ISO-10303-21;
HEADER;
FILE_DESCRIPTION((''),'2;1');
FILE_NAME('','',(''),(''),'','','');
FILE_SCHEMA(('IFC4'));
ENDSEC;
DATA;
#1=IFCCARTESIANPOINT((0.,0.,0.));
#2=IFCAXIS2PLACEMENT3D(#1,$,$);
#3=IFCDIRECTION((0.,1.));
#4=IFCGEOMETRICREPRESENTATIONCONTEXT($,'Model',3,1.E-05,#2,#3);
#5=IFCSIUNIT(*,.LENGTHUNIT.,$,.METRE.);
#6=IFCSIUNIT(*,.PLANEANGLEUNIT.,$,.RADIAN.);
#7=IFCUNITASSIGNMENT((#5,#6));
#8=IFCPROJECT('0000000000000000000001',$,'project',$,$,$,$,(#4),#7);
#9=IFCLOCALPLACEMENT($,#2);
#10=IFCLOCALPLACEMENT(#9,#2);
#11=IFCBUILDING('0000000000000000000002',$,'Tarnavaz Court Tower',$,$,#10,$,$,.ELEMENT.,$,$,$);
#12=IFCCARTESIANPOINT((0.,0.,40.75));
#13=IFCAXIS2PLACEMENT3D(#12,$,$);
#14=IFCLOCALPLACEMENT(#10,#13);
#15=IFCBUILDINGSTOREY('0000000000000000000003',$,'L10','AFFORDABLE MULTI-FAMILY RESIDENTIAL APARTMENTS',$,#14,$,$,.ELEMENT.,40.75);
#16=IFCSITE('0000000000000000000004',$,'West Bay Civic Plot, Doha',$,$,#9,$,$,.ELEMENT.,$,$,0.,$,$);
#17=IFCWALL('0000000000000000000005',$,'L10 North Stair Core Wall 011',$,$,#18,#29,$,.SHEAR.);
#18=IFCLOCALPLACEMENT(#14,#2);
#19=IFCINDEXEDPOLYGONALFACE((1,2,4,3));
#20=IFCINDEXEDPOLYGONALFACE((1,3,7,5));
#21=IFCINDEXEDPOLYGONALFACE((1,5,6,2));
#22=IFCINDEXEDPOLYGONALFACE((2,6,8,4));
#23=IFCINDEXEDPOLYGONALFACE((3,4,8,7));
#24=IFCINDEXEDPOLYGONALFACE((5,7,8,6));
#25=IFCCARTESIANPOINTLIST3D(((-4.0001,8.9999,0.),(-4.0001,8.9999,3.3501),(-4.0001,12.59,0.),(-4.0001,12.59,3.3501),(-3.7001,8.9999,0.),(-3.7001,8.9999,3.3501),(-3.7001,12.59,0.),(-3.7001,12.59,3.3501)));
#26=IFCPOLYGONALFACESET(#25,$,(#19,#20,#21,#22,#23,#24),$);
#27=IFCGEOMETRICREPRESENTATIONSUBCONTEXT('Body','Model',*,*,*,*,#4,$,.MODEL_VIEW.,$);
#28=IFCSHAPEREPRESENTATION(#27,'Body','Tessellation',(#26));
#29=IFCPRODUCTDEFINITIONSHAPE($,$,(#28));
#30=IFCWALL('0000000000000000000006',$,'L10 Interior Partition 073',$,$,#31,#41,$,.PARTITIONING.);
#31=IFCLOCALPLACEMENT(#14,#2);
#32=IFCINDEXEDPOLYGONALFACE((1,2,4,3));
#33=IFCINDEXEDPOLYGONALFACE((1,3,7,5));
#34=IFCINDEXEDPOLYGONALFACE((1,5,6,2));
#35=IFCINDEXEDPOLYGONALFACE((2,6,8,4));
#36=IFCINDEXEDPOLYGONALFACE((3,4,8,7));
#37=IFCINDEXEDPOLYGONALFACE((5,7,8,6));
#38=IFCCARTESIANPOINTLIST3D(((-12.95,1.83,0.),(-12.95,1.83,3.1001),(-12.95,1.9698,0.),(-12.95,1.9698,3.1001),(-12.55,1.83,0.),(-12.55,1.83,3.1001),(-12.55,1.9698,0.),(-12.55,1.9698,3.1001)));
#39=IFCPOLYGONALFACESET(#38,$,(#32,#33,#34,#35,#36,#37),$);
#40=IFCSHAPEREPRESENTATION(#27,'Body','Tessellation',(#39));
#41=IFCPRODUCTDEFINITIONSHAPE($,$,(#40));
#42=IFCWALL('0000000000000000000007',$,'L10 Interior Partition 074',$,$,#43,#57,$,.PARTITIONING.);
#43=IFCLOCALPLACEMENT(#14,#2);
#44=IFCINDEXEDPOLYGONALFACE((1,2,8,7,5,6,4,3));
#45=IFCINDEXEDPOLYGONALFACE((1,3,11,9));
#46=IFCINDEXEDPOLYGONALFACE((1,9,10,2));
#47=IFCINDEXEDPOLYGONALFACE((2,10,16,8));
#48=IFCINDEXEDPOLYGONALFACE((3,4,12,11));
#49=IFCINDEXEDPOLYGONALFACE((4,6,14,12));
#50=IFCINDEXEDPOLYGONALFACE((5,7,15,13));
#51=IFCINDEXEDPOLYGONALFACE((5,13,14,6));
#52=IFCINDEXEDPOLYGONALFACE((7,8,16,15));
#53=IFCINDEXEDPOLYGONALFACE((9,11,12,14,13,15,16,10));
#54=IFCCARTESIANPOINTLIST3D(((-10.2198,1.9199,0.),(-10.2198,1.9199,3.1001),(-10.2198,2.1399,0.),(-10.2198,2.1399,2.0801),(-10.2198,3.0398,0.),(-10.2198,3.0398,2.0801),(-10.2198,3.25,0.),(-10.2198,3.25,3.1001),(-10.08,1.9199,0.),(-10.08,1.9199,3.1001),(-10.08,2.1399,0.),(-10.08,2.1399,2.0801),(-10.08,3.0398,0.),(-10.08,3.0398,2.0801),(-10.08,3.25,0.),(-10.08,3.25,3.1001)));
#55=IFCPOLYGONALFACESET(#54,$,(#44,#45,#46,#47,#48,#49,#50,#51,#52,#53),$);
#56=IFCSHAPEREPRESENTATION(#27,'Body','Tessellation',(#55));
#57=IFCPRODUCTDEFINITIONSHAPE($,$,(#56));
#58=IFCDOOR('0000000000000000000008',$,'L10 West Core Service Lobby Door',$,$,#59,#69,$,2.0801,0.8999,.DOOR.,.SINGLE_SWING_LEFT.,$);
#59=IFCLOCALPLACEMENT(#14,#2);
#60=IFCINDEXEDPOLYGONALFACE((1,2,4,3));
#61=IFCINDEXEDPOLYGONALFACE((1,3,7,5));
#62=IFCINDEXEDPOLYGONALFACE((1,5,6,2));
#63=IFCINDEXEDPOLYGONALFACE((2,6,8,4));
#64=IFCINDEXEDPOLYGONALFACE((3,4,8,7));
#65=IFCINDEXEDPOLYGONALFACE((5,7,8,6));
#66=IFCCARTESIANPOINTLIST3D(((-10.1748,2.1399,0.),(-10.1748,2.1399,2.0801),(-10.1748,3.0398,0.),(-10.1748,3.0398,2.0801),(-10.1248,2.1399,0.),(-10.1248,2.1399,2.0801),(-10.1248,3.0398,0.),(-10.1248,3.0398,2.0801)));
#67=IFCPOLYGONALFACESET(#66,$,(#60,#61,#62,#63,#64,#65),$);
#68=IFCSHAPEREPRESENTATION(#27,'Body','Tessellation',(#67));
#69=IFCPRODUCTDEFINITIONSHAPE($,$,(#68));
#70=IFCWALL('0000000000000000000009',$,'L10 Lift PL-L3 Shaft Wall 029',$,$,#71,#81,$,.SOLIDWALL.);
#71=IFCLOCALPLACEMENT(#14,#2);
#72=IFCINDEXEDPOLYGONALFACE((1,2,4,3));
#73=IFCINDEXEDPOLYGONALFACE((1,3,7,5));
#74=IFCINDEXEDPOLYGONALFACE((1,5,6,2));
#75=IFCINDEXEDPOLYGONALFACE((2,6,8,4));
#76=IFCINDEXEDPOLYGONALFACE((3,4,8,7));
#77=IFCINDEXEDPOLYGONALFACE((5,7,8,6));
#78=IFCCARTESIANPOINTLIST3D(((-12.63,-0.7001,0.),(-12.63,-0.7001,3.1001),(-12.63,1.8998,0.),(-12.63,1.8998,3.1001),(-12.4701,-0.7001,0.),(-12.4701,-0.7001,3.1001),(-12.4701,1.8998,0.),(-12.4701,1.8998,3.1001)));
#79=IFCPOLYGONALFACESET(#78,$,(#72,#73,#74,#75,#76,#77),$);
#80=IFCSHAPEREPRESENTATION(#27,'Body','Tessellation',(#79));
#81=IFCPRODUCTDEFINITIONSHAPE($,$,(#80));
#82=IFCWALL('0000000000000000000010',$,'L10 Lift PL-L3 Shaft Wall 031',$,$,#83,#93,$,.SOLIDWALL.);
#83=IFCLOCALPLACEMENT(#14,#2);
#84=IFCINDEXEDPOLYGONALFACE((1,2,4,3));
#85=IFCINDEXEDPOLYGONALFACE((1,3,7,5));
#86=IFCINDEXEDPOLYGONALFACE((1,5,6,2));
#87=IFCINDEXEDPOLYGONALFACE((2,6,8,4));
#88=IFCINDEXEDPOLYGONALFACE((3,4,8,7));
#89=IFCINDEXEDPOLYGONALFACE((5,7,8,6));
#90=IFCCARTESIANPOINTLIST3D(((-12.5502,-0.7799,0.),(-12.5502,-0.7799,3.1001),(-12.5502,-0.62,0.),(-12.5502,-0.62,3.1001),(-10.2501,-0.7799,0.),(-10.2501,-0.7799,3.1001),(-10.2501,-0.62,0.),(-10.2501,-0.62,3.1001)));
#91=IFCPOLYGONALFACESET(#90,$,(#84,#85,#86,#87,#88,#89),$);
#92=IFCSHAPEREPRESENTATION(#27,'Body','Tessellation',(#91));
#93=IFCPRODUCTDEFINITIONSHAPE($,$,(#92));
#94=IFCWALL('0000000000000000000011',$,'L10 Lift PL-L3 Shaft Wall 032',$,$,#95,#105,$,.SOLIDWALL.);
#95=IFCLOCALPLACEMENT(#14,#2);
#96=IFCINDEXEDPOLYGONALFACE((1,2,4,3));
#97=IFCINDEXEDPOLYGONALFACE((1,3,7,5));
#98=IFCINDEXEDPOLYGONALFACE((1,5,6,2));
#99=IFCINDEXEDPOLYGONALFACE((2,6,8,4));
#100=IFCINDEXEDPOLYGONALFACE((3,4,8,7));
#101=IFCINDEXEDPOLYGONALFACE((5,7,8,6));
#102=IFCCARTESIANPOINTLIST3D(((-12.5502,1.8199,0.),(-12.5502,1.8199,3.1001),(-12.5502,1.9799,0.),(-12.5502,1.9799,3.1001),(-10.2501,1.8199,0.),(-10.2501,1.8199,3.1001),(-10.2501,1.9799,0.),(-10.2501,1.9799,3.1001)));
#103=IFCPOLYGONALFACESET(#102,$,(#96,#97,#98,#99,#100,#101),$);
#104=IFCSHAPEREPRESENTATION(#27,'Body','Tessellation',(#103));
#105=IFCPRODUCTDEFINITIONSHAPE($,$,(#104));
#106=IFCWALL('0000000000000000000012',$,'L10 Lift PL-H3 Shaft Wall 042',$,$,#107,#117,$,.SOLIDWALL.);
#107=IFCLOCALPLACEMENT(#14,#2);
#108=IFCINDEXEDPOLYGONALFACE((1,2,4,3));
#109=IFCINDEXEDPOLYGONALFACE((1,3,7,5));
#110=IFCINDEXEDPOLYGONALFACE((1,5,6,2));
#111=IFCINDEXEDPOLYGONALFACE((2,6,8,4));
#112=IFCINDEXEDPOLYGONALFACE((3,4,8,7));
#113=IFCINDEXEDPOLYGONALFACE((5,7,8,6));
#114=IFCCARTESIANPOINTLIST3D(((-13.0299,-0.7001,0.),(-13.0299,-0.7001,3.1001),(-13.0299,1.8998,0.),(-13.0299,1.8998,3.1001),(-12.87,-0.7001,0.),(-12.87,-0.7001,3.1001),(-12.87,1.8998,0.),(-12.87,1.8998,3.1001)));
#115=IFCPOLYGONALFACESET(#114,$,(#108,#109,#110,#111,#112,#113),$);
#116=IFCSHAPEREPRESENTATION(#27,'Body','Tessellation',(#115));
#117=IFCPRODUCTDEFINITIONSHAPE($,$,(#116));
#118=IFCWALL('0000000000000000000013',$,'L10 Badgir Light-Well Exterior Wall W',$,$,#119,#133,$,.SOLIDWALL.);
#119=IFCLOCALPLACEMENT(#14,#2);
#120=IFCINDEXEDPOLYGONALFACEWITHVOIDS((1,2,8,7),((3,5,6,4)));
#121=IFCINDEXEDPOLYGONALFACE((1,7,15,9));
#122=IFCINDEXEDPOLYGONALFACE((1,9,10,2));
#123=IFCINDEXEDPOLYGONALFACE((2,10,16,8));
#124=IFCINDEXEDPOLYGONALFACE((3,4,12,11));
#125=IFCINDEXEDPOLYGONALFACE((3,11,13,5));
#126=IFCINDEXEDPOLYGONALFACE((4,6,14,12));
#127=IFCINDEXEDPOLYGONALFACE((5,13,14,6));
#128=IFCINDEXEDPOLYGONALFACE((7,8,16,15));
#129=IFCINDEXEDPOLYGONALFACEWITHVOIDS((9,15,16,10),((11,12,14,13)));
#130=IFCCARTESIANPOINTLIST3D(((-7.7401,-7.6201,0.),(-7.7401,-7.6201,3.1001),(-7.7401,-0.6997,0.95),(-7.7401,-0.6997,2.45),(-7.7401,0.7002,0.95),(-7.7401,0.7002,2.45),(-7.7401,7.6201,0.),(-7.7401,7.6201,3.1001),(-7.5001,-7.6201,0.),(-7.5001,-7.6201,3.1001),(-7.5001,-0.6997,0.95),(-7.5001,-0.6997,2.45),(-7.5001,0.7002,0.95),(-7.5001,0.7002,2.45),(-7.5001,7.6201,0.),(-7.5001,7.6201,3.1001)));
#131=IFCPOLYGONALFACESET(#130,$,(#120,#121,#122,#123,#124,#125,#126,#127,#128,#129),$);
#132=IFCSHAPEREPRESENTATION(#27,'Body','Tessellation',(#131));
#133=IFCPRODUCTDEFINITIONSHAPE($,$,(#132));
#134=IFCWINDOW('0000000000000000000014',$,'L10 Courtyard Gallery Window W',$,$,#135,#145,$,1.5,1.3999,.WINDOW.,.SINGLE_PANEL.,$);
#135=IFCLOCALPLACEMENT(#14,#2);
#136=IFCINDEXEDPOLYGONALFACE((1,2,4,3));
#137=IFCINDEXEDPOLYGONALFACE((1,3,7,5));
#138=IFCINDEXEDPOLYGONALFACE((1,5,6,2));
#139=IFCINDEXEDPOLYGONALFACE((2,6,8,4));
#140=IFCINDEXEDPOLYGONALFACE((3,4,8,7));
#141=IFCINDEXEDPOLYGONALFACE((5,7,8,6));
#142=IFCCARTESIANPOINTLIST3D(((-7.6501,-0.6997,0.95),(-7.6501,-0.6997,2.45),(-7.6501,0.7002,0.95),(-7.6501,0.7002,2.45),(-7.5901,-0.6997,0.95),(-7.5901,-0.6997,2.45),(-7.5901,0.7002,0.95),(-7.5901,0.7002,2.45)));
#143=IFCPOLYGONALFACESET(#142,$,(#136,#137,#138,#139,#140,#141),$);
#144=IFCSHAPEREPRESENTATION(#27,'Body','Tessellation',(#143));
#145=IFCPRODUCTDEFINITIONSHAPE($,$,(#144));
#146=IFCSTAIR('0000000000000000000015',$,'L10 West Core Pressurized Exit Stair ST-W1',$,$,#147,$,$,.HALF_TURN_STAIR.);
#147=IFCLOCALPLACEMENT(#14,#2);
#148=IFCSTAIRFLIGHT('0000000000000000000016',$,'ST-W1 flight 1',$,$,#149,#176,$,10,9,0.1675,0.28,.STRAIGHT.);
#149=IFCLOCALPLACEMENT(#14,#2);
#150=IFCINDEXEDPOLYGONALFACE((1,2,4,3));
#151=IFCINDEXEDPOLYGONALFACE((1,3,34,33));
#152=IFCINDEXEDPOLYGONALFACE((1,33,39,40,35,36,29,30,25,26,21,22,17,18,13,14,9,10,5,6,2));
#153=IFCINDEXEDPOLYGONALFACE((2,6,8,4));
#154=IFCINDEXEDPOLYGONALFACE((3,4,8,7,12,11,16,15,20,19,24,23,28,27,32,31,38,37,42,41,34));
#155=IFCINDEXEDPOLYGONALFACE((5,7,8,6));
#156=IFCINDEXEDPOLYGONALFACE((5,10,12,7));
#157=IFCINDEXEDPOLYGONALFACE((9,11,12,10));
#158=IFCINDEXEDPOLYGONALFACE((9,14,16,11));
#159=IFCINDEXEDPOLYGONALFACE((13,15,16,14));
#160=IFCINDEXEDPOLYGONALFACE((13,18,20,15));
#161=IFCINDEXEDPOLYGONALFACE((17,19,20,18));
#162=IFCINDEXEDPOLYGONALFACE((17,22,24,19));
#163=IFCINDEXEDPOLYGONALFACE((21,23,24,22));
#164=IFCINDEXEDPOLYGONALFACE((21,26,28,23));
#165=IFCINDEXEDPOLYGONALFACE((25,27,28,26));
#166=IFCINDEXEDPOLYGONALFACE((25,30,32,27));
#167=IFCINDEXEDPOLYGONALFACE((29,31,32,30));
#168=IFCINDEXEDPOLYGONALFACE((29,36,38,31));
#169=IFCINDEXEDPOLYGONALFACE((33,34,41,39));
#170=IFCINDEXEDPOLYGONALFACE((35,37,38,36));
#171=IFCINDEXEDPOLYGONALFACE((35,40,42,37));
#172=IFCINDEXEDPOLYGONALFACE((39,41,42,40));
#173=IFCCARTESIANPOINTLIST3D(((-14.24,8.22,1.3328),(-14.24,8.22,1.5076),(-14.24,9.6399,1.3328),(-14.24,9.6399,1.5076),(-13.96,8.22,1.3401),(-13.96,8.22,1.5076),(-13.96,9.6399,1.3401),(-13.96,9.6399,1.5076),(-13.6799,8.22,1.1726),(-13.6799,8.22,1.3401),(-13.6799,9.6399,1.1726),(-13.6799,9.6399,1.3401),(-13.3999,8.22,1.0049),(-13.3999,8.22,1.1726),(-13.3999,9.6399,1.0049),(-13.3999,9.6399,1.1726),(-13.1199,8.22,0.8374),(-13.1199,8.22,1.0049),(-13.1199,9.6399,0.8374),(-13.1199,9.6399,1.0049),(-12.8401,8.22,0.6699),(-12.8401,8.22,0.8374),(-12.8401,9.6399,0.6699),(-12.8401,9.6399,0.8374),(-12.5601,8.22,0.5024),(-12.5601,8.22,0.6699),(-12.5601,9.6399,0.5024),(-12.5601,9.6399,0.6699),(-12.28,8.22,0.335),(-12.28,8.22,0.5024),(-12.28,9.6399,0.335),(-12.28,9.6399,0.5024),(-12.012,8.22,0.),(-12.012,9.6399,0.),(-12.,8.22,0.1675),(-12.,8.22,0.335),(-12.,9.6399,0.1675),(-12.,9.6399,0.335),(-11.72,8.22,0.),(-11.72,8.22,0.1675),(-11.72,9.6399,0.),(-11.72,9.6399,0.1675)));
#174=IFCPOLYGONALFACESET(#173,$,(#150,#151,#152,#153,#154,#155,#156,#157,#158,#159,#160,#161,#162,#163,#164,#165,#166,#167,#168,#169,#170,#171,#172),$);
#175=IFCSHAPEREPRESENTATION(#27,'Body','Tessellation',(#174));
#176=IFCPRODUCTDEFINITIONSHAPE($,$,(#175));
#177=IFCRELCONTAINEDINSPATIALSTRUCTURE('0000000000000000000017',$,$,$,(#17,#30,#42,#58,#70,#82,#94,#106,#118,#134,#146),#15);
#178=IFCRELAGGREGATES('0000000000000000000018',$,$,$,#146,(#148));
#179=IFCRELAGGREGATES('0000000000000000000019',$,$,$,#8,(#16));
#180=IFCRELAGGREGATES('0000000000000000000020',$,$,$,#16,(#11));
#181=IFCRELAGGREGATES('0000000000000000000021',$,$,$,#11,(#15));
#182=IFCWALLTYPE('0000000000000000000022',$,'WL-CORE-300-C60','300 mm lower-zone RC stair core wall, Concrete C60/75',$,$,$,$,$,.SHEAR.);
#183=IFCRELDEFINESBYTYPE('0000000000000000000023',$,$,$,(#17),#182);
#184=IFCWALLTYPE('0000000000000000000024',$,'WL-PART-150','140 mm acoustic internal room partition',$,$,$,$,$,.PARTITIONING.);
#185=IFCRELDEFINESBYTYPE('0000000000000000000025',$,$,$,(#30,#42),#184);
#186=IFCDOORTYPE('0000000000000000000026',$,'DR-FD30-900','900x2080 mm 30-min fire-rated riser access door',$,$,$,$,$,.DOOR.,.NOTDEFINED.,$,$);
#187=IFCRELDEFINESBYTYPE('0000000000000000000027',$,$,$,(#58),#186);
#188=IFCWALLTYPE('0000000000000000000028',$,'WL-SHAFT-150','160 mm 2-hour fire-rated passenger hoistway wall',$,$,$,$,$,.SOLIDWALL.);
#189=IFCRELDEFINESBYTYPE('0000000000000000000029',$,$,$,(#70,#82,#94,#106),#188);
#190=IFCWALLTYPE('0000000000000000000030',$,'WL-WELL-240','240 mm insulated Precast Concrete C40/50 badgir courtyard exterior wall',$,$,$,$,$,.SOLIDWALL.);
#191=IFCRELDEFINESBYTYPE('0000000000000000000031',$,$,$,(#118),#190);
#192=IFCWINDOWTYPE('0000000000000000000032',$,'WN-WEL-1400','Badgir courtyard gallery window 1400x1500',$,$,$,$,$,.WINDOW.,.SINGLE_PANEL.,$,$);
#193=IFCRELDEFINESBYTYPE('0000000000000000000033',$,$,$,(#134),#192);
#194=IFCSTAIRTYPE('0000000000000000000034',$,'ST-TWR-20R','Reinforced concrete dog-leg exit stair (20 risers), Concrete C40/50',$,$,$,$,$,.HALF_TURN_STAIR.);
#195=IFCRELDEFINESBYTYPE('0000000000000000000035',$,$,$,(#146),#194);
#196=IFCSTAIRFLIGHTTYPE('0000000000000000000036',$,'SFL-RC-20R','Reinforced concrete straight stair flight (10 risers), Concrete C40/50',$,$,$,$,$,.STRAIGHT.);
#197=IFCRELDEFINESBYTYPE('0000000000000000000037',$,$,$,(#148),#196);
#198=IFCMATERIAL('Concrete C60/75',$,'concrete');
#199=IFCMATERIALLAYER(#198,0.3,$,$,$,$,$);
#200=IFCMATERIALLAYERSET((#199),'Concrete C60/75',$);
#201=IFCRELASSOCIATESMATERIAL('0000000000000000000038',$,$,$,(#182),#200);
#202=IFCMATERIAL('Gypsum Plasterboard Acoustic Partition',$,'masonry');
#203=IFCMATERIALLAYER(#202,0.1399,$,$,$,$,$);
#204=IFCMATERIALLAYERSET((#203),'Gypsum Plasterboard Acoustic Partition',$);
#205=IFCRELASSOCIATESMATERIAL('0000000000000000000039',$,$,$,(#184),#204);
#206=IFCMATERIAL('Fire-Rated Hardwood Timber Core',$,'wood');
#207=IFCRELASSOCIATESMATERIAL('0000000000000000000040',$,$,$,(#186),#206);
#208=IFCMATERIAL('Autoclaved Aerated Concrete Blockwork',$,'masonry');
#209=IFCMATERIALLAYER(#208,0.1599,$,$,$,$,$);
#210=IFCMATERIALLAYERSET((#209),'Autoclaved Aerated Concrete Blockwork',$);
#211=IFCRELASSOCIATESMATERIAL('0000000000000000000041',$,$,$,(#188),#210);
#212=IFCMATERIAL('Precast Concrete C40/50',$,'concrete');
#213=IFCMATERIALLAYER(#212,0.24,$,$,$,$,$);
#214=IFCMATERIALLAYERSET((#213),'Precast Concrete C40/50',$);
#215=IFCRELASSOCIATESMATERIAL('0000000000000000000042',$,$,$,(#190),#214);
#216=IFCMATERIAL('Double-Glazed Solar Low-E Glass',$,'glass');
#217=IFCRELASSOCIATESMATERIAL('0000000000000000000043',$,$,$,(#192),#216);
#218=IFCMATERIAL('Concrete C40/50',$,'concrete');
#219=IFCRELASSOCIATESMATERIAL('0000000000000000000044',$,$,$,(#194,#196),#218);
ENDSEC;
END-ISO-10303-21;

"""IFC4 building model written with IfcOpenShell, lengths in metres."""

from ifc_helpers import new_model, si_unit, direction, frame, frame_2d, origin, place, context, subcontext, project, spatial, polyline, rectangle, outline, extrude, material, layer, layer_set, type_object, element, fill, aggregate, save


model = new_model("IFC4")

# Units and contexts
model_context = context("Model", 3, precision=1e-05, world=origin(), true_north=direction((0.0, 1.0)))
body_context = subcontext(model_context, "Body", "Model", "MODEL_VIEW")
ifc_project = project(units=[si_unit("LENGTHUNIT", "METRE"), si_unit("PLANEANGLEUNIT", "RADIAN")], contexts=[model_context])

# Site, building, storey
site_placement = place(None, origin())
site = spatial("IfcSite", under=ifc_project, at=site_placement, Name="West Bay Civic Plot, Doha", CompositionType="ELEMENT", RefElevation=0.0)
building_placement = place(site_placement, origin())
building = spatial("IfcBuilding", under=site, at=building_placement, Name="Tarnavaz Court Tower", CompositionType="ELEMENT")
storey_placement = place(building_placement, frame((0.0, 0.0, 40.75)))
storey = spatial("IfcBuildingStorey", under=building, at=storey_placement, Name="L10", Description="AFFORDABLE MULTI-FAMILY RESIDENTIAL APARTMENTS", CompositionType="ELEMENT", Elevation=40.75)

# Shared definitions
ifc_material_1 = material(Name="Concrete C60/75", Category="concrete")

# Shared definitions
ifc_layer_1 = layer(ifc_material_1, 0.3)
ifc_layer_set_1 = layer_set([ifc_layer_1], Name="Concrete C60/75")
wall_type_1 = type_object("IfcWallType", Name="WL-CORE-300-C60", Description="300 mm lower-zone RC stair core wall, Concrete C60/75", PredefinedType="SHEAR", material=ifc_layer_set_1)

# Shared definitions
ifc_material_2 = material(Name="Fire-Rated Hardwood Timber Core", Category="wood")

# Wall
wall_1_placement = place(storey_placement, frame((-3.8501, 9.0, 0.0), z_axis=(0.0, 0.0, 1.0), x_axis=(0.0, 1.0, 0.0)))
element("IfcWall", 1, at=wall_1_placement, inside=storey, type_object=wall_type_1, Name="L10 North Stair Core Wall 011", PredefinedType="SHEAR", context=body_context, shape_type="SweptSolid", body=[
    extrude(rectangle(XDim=3.5901, YDim=0.3, at=frame_2d((1.7949, 0.0))), origin(), (0.0, 0.0, 1.0), 3.3501),
])

# Shared definitions
ifc_material_3 = material(Name="Autoclaved Aerated Concrete Blockwork", Category="masonry")

# Wall
ifc_material_4 = material(Name="Gypsum Plasterboard Acoustic Partition", Category="masonry")
ifc_layer_2 = layer(ifc_material_4, 0.1399)
ifc_layer_set_2 = layer_set([ifc_layer_2], Name="Gypsum Plasterboard Acoustic Partition")
wall_type_2 = type_object("IfcWallType", Name="WL-PART-150", Description="140 mm acoustic internal room partition", PredefinedType="PARTITIONING", material=ifc_layer_set_2)
wall_2_placement = place(storey_placement, frame((-12.95, 1.8999, 0.0), z_axis=(0.0, 0.0, 1.0), x_axis=(1.0, 0.0, 0.0)))
element("IfcWall", 2, at=wall_2_placement, inside=storey, type_object=wall_type_2, Name="L10 Interior Partition 073", PredefinedType="PARTITIONING", context=body_context, shape_type="SweptSolid", body=[
    extrude(rectangle(XDim=0.3999, YDim=0.1399, at=frame_2d((0.2, 0.0))), origin(), (0.0, 0.0, 1.0), 3.1001),
])

# Wall, opening, door
wall_3_placement = place(storey_placement, frame((-10.1499, 1.9199, 0.0), z_axis=(0.0, 0.0, 1.0), x_axis=(0.0, 1.0, 0.0)))
wall_3 = element("IfcWall", 3, at=wall_3_placement, inside=storey, type_object=wall_type_2, Name="L10 Interior Partition 074", PredefinedType="PARTITIONING", context=body_context, shape_type="SweptSolid", body=[
    extrude(rectangle(XDim=1.3301, YDim=0.1399, at=frame_2d((0.665, 0.0))), origin(), (0.0, 0.0, 1.0), 3.1001),
])
opening_1_placement = place(wall_3_placement, frame((0.22, 0.0, 0.0)))
opening_1 = element("IfcOpeningElement", 4, at=opening_1_placement, cuts=wall_3, PredefinedType="OPENING", context=body_context, shape_type="SweptSolid", body=[
    extrude(rectangle(XDim=0.8999, YDim=2.0801, at=frame_2d((0.45, 1.04))), frame((0.0, 0.0798, 0.0), z_axis=(0.0, -1.0, 0.0), x_axis=(1.0, 0.0, 0.0)), (0.0, 0.0, 1.0), 0.1599),
])
door_type_1 = type_object("IfcDoorType", Name="DR-FD30-900", Description="900x2080 mm 30-min fire-rated riser access door", OperationType="NOTDEFINED", PredefinedType="DOOR", material=ifc_material_2)
door_1_placement = place(opening_1_placement, origin())
door_1 = element("IfcDoor", 5, at=door_1_placement, inside=storey, type_object=door_type_1, Name="L10 West Core Service Lobby Door", OperationType="SINGLE_SWING_LEFT", OverallHeight=2.0801, OverallWidth=0.8999, PredefinedType="DOOR", context=body_context, shape_type="SweptSolid", body=[
    extrude(rectangle(XDim=0.8999, YDim=2.0801, at=frame_2d((0.45, 1.04))), frame((0.0, 0.0249, 0.0), z_axis=(0.0, -1.0, 0.0), x_axis=(1.0, 0.0, 0.0)), (0.0, 0.0, 1.0), 0.05),
])
fill(opening_1, door_1)

# Wall
ifc_layer_3 = layer(ifc_material_3, 0.1599)
ifc_layer_set_3 = layer_set([ifc_layer_3], Name="Autoclaved Aerated Concrete Blockwork")
wall_type_3 = type_object("IfcWallType", Name="WL-SHAFT-150", Description="160 mm 2-hour fire-rated passenger hoistway wall", PredefinedType="SOLIDWALL", material=ifc_layer_set_3)
wall_4_placement = place(storey_placement, frame((-12.55, -0.7, 0.0), z_axis=(0.0, 0.0, 1.0), x_axis=(0.0, 1.0, 0.0)))
element("IfcWall", 6, at=wall_4_placement, inside=storey, type_object=wall_type_3, Name="L10 Lift PL-L3 Shaft Wall 029", PredefinedType="SOLIDWALL", context=body_context, shape_type="SweptSolid", body=[
    extrude(rectangle(XDim=2.5999, YDim=0.1599, at=frame_2d((1.2998, 0.0))), origin(), (0.0, 0.0, 1.0), 3.1001),
])

# Walls
for number, where, z_axis, x_axis, name in (
    (7, (-12.55, -0.7, 0.0), (0.0, 0.0, 1.0), (1.0, 0.0, 0.0), "L10 Lift PL-L3 Shaft Wall 031"),
    (8, (-12.55, 1.8999, 0.0), (0.0, 0.0, 1.0), (1.0, 0.0, 0.0), "L10 Lift PL-L3 Shaft Wall 032"),
):
    element("IfcWall", number, at=place(storey_placement, frame(where, z_axis=z_axis, x_axis=x_axis)), inside=storey, type_object=wall_type_3, Name=name, PredefinedType="SOLIDWALL", context=body_context, shape_type="SweptSolid", body=[
        extrude(rectangle(XDim=2.3, YDim=0.1599, at=frame_2d((1.1499, 0.0))), origin(), (0.0, 0.0, 1.0), 3.1001),
    ])
wall_5_placement = place(storey_placement, frame((-12.95, -0.7, 0.0), z_axis=(0.0, 0.0, 1.0), x_axis=(0.0, 1.0, 0.0)))
element("IfcWall", 9, at=wall_5_placement, inside=storey, type_object=wall_type_3, Name="L10 Lift PL-H3 Shaft Wall 042", PredefinedType="SOLIDWALL", context=body_context, shape_type="SweptSolid", body=[
    extrude(rectangle(XDim=2.5999, YDim=0.1599, at=frame_2d((1.2998, 0.0))), origin(), (0.0, 0.0, 1.0), 3.1001),
])

# Wall, opening, window
ifc_material_5 = material(Name="Precast Concrete C40/50", Category="concrete")
ifc_layer_4 = layer(ifc_material_5, 0.24)
ifc_layer_set_4 = layer_set([ifc_layer_4], Name="Precast Concrete C40/50")
wall_type_4 = type_object("IfcWallType", Name="WL-WELL-240", Description="240 mm insulated Precast Concrete C40/50 badgir courtyard exterior wall", PredefinedType="SOLIDWALL", material=ifc_layer_set_4)
wall_6_placement = place(storey_placement, frame((-7.6201, 7.6201, 0.0), z_axis=(0.0, 0.0, 1.0), x_axis=(0.0, -1.0, 0.0)))
wall_6 = element("IfcWall", 10, at=wall_6_placement, inside=storey, type_object=wall_type_4, Name="L10 Badgir Light-Well Exterior Wall W", PredefinedType="SOLIDWALL", context=body_context, shape_type="SweptSolid", body=[
    extrude(rectangle(XDim=15.2402, YDim=0.24, at=frame_2d((7.6201, 0.0))), origin(), (0.0, 0.0, 1.0), 3.1001),
])
opening_2_placement = place(wall_6_placement, frame((6.9199, 0.0, 0.95)))
opening_2 = element("IfcOpeningElement", 11, at=opening_2_placement, cuts=wall_6, PredefinedType="OPENING", context=body_context, shape_type="SweptSolid", body=[
    extrude(rectangle(XDim=1.3999, YDim=1.5, at=frame_2d((0.7, 0.75))), frame((0.0, 0.1299, 0.0), z_axis=(0.0, -1.0, 0.0), x_axis=(1.0, 0.0, 0.0)), (0.0, 0.0, 1.0), 0.26),
])
ifc_material_6 = material(Name="Double-Glazed Solar Low-E Glass", Category="glass")
window_type = type_object("IfcWindowType", Name="WN-WEL-1400", Description="Badgir courtyard gallery window 1400x1500", PartitioningType="SINGLE_PANEL", PredefinedType="WINDOW", material=ifc_material_6)
window_placement = place(opening_2_placement, origin())
window = element("IfcWindow", 12, at=window_placement, inside=storey, type_object=window_type, Name="L10 Courtyard Gallery Window W", OverallHeight=1.5, OverallWidth=1.3999, PartitioningType="SINGLE_PANEL", PredefinedType="WINDOW", context=body_context, shape_type="SweptSolid", body=[
    extrude(rectangle(XDim=1.3999, YDim=1.5, at=frame_2d((0.7, 0.75))), frame((0.0, 0.03, 0.0), z_axis=(0.0, -1.0, 0.0), x_axis=(1.0, 0.0, 0.0)), (0.0, 0.0, 1.0), 0.0601),
])
fill(opening_2, window)

# Stair, stair flight
ifc_material_7 = material(Name="Concrete C40/50", Category="concrete")
stair_type = type_object("IfcStairType", Name="ST-TWR-20R", Description="Reinforced concrete dog-leg exit stair (20 risers), Concrete C40/50", PredefinedType="HALF_TURN_STAIR", material=ifc_material_7)
stair_placement = place(storey_placement, origin())
stair = element("IfcStair", 13, at=stair_placement, inside=storey, type_object=stair_type, Name="L10 West Core Pressurized Exit Stair ST-W1", PredefinedType="HALF_TURN_STAIR")
stair_flight_type = type_object("IfcStairFlightType", Name="SFL-RC-20R", Description="Reinforced concrete straight stair flight (10 risers), Concrete C40/50", PredefinedType="STRAIGHT", material=ifc_material_7)
stair_flight_placement = place(storey_placement, frame((-11.72, 8.9299, 0.0), z_axis=(0.0, 0.0, 1.0), x_axis=(-1.0, 0.0, 0.0)))
stair_flight = element("IfcStairFlight", 14, at=stair_flight_placement, type_object=stair_flight_type, Name="ST-W1 flight 1", NumberOfRisers=10, NumberOfTreads=9, PredefinedType="STRAIGHT", RiserHeight=0.1675, TreadLength=0.28, context=body_context, shape_type="SweptSolid", body=[
    extrude(outline(polyline([(0.0, 0.0), (0.0, 0.1675), (0.28, 0.1675), (0.28, 0.335), (0.5601, 0.335), (0.5601, 0.5024), (0.8401, 0.5024), (0.8401, 0.6699), (1.1201, 0.6699), (1.1201, 0.8374), (1.3999, 0.8374), (1.3999, 1.0049), (1.6799, 1.0049), (1.6799, 1.1726), (1.96, 1.1726), (1.96, 1.3401), (2.24, 1.3401), (2.24, 1.5076), (2.52, 1.5076), (2.52, 1.675), (2.52, 1.3328), (0.292, 0.0), (0.0, 0.0)])), frame((0.0, 0.71, 0.0), z_axis=(0.0, -1.0, 0.0), x_axis=(1.0, 0.0, 0.0)), (0.0, 0.0, 1.0), 1.4199),
])
aggregate(stair, [stair_flight])

save(model, "model.ifc")
